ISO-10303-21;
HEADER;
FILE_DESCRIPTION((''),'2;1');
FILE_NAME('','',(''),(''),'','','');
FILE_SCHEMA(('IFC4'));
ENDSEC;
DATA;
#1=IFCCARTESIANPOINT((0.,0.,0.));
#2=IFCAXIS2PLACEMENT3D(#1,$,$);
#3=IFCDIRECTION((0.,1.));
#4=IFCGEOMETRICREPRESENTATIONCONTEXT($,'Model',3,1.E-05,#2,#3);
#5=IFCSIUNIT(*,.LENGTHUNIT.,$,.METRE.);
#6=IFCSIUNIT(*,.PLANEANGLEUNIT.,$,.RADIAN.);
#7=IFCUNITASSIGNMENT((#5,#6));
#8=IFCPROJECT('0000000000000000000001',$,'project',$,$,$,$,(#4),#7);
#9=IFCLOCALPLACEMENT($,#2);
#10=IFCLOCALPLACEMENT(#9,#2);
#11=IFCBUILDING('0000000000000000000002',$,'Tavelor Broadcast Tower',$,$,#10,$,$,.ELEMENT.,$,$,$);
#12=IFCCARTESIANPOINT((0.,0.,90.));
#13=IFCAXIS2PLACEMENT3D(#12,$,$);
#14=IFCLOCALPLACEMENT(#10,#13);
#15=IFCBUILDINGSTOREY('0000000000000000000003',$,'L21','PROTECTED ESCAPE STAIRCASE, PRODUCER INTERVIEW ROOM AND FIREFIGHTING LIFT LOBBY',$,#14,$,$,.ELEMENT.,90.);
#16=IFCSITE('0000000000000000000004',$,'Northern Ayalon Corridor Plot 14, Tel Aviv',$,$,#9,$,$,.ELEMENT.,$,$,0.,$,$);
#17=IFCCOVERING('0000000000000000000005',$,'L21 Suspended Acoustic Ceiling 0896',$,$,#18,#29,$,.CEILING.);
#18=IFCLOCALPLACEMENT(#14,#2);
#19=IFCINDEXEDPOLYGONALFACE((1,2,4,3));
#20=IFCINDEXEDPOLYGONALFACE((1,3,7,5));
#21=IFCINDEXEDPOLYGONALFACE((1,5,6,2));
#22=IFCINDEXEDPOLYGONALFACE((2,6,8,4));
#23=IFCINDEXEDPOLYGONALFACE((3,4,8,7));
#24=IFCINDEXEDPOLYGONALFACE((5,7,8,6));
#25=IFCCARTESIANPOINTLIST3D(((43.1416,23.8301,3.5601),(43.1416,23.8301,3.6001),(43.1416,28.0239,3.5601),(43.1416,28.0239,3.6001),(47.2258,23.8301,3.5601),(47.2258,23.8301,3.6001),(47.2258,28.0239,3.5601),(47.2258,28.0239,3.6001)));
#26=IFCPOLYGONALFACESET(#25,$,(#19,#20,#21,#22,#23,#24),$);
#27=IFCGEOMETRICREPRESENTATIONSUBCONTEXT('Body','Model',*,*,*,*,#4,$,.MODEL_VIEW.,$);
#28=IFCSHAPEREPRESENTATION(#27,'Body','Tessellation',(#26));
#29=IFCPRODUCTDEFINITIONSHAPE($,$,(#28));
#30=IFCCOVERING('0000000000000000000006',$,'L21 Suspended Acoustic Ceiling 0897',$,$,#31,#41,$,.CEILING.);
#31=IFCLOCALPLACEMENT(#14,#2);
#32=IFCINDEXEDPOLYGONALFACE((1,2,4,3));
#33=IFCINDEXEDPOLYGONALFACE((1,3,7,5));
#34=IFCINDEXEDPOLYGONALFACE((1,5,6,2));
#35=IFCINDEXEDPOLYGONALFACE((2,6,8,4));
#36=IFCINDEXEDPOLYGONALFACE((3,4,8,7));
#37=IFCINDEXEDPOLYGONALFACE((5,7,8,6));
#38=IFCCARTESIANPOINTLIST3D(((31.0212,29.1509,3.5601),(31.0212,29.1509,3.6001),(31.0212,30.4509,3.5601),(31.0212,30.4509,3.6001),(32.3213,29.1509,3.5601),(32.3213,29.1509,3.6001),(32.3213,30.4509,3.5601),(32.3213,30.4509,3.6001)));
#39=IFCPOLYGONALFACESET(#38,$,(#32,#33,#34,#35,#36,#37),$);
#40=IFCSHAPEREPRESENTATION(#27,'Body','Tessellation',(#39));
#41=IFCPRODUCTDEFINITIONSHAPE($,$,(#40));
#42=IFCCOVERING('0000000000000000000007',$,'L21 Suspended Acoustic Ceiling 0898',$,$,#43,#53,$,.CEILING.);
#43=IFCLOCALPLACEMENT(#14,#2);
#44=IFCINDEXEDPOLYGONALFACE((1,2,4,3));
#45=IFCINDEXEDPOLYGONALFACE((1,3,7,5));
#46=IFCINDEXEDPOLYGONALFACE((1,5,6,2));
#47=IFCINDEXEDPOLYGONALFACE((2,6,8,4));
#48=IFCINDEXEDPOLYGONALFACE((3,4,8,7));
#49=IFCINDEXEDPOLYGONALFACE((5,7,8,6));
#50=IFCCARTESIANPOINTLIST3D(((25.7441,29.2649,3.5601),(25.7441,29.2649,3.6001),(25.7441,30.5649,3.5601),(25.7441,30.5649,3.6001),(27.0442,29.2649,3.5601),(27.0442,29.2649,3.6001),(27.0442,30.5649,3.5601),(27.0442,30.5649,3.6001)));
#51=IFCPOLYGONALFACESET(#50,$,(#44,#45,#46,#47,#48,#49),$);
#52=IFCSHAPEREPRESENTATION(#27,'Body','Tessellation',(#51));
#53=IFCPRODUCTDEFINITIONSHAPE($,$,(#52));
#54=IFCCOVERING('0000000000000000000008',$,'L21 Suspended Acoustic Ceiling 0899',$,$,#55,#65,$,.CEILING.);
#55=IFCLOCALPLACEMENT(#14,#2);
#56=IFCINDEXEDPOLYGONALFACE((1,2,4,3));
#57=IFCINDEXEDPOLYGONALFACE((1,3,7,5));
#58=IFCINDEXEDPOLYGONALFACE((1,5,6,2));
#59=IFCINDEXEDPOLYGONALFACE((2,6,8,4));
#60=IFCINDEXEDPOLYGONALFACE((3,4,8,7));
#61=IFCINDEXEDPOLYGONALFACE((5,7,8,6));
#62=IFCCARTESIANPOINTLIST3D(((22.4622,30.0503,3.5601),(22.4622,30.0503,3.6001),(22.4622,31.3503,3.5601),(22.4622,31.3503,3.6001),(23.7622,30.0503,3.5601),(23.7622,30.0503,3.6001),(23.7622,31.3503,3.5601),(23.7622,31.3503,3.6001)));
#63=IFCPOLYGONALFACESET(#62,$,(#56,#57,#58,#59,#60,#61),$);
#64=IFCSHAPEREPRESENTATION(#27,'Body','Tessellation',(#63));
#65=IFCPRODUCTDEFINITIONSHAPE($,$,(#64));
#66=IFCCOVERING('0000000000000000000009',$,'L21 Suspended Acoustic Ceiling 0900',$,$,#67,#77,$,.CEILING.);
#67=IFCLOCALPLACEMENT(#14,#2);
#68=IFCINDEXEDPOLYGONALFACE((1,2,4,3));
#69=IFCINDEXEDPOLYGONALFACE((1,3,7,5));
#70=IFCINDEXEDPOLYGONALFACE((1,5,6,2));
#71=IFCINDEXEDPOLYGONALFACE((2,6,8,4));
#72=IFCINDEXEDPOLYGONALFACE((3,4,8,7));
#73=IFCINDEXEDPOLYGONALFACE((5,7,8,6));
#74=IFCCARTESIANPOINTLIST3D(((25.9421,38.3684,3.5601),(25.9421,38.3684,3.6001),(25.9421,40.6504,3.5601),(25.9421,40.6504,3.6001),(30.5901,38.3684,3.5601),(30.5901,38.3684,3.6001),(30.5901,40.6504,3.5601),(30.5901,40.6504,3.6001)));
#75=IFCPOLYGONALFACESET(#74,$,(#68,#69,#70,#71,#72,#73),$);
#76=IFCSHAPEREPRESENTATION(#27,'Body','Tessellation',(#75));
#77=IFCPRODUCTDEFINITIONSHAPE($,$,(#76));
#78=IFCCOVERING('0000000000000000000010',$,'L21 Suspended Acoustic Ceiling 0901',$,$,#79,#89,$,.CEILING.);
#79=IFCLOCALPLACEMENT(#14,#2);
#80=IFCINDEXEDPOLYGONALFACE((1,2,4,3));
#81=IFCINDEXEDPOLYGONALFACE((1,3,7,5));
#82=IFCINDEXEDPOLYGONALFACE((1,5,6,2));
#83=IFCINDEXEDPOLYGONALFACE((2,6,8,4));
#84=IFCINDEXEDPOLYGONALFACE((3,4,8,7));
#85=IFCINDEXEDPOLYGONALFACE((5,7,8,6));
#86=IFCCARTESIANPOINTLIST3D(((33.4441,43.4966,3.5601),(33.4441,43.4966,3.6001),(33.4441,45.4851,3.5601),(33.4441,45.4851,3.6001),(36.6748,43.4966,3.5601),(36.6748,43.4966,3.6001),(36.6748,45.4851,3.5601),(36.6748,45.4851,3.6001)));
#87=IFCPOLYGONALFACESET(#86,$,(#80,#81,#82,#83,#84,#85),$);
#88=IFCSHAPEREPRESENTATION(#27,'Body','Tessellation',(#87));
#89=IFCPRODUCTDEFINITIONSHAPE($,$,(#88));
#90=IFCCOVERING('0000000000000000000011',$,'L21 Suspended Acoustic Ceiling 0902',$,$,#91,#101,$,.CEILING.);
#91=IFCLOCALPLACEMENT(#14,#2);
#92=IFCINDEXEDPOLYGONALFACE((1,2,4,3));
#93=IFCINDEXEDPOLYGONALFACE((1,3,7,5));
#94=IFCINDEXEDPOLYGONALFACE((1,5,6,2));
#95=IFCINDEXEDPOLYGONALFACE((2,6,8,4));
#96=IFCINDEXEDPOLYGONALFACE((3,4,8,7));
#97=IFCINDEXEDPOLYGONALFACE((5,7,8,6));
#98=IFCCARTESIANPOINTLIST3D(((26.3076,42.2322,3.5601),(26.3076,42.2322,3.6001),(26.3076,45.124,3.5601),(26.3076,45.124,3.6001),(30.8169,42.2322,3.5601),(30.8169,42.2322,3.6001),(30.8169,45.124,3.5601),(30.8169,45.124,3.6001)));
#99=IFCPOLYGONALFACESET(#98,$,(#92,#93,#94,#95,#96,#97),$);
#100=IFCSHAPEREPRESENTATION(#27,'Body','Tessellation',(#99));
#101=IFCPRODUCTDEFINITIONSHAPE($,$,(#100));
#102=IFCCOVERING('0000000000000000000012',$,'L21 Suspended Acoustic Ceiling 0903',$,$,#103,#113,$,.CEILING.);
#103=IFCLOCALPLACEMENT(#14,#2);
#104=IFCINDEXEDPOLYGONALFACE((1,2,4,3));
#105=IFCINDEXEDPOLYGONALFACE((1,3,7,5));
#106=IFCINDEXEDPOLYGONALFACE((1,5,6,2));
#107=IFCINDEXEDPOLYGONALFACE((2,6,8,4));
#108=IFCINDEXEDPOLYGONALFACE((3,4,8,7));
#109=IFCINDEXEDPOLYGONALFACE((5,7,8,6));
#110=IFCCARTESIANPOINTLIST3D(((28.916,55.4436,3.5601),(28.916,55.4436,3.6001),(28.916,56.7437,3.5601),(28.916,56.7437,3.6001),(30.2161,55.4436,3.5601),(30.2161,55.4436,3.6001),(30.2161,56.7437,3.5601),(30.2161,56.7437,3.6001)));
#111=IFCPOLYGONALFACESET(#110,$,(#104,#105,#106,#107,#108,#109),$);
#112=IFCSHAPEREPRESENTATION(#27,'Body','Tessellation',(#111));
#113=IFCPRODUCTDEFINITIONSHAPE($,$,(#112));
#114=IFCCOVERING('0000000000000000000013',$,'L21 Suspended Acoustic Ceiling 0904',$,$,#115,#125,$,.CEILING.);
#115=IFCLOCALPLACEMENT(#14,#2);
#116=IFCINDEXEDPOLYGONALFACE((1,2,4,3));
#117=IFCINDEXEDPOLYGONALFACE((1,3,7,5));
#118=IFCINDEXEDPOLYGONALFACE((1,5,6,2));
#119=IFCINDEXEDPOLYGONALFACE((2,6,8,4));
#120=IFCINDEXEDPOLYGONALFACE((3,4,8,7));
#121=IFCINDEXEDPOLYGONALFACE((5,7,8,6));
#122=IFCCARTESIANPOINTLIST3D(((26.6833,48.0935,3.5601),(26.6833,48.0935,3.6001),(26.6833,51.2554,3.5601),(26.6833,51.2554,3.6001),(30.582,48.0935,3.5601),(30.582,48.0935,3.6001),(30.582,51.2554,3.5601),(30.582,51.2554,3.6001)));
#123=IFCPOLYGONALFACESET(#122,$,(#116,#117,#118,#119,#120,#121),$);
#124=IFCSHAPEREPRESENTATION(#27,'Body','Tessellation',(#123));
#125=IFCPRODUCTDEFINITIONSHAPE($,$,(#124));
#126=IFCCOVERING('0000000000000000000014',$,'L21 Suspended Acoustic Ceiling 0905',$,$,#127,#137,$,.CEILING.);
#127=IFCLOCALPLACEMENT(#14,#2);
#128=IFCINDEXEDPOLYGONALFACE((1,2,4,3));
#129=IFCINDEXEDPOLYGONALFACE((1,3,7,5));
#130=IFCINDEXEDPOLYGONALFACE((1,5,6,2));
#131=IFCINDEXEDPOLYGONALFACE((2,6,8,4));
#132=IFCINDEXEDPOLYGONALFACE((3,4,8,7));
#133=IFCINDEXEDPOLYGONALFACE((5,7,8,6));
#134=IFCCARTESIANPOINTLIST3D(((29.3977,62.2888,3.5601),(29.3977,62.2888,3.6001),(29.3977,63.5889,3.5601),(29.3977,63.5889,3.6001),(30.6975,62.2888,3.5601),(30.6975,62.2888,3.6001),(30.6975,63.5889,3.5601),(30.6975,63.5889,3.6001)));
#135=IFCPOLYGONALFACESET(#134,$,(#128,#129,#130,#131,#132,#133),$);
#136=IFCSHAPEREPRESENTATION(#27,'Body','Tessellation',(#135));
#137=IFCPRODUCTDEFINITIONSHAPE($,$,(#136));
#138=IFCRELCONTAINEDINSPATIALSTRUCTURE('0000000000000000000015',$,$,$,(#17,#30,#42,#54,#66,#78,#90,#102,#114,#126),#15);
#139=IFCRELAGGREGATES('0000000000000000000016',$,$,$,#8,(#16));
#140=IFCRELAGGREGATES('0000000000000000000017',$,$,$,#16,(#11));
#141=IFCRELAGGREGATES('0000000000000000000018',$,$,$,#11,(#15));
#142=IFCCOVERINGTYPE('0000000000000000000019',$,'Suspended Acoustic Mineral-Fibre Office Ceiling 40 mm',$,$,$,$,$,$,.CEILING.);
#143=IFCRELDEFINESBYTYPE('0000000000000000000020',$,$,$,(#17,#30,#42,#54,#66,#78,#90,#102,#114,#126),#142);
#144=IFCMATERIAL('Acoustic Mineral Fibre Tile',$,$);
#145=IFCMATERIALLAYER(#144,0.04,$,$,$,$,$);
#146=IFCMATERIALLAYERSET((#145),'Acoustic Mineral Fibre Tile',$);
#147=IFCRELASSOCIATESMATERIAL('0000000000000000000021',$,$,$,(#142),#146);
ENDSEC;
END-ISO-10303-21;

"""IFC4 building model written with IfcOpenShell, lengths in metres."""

from ifc_helpers import new_model, si_unit, direction, frame, origin, place, context, subcontext, project, spatial, polyline, outline, extrude, material, layer, layer_set, type_object, element, save


model = new_model("IFC4")

# Units and contexts
model_context = context("Model", 3, precision=1e-05, world=origin(), true_north=direction((0.0, 1.0)))
body_context = subcontext(model_context, "Body", "Model", "MODEL_VIEW")
ifc_project = project(units=[si_unit("LENGTHUNIT", "METRE"), si_unit("PLANEANGLEUNIT", "RADIAN")], contexts=[model_context])

# Site, building, storey
site_placement = place(None, origin())
site = spatial("IfcSite", under=ifc_project, at=site_placement, Name="Northern Ayalon Corridor Plot 14, Tel Aviv", CompositionType="ELEMENT", RefElevation=0.0)
building_placement = place(site_placement, origin())
building = spatial("IfcBuilding", under=site, at=building_placement, Name="Tavelor Broadcast Tower", CompositionType="ELEMENT")
storey_placement = place(building_placement, frame((0.0, 0.0, 90.0)))
storey = spatial("IfcBuildingStorey", under=building, at=storey_placement, Name="L21", Description="PROTECTED ESCAPE STAIRCASE, PRODUCER INTERVIEW ROOM AND FIREFIGHTING LIFT LOBBY", CompositionType="ELEMENT", Elevation=90.0)

# Coverings
ifc_material_1 = material(Name="Acoustic Mineral Fibre Tile")
ifc_layer_1 = layer(ifc_material_1, 0.04)
ifc_layer_set_1 = layer_set([ifc_layer_1], Name="Acoustic Mineral Fibre Tile")
covering_type_1 = type_object("IfcCoveringType", Name="Suspended Acoustic Mineral-Fibre Office Ceiling 40 mm", PredefinedType="CEILING", material=ifc_layer_set_1)
covering_1_placement = place(storey_placement, frame((0.0, 0.0, 3.5601)))
element("IfcCovering", 1, at=covering_1_placement, inside=storey, type_object=covering_type_1, Name="L21 Suspended Acoustic Ceiling 0896", PredefinedType="CEILING", context=body_context, shape_type="SweptSolid", body=[
    extrude(outline(polyline([(43.1416, 23.8301), (47.2258, 23.8301), (47.2258, 28.0239), (43.1416, 28.0239), (43.1416, 23.8301)])), origin(), (0.0, 0.0, 1.0), 0.04),
])
covering_2_placement = place(storey_placement, frame((0.0, 0.0, 3.5601)))
element("IfcCovering", 2, at=covering_2_placement, inside=storey, type_object=covering_type_1, Name="L21 Suspended Acoustic Ceiling 0897", PredefinedType="CEILING", context=body_context, shape_type="SweptSolid", body=[
    extrude(outline(polyline([(31.0212, 29.1509), (32.3213, 29.1509), (32.3213, 30.4509), (31.0212, 30.4509), (31.0212, 29.1509)])), origin(), (0.0, 0.0, 1.0), 0.04),
])
covering_3_placement = place(storey_placement, frame((0.0, 0.0, 3.5601)))
element("IfcCovering", 3, at=covering_3_placement, inside=storey, type_object=covering_type_1, Name="L21 Suspended Acoustic Ceiling 0898", PredefinedType="CEILING", context=body_context, shape_type="SweptSolid", body=[
    extrude(outline(polyline([(25.7441, 29.2649), (27.0442, 29.2649), (27.0442, 30.5649), (25.7441, 30.5649), (25.7441, 29.2649)])), origin(), (0.0, 0.0, 1.0), 0.04),
])
covering_4_placement = place(storey_placement, frame((0.0, 0.0, 3.5601)))
element("IfcCovering", 4, at=covering_4_placement, inside=storey, type_object=covering_type_1, Name="L21 Suspended Acoustic Ceiling 0899", PredefinedType="CEILING", context=body_context, shape_type="SweptSolid", body=[
    extrude(outline(polyline([(22.4622, 30.0503), (23.7622, 30.0503), (23.7622, 31.3503), (22.4622, 31.3503), (22.4622, 30.0503)])), origin(), (0.0, 0.0, 1.0), 0.04),
])
covering_5_placement = place(storey_placement, frame((0.0, 0.0, 3.5601)))
element("IfcCovering", 5, at=covering_5_placement, inside=storey, type_object=covering_type_1, Name="L21 Suspended Acoustic Ceiling 0900", PredefinedType="CEILING", context=body_context, shape_type="SweptSolid", body=[
    extrude(outline(polyline([(25.9421, 38.3684), (30.5901, 38.3684), (30.5901, 40.6504), (25.9421, 40.6504), (25.9421, 38.3684)])), origin(), (0.0, 0.0, 1.0), 0.04),
])
covering_6_placement = place(storey_placement, frame((0.0, 0.0, 3.5601)))
element("IfcCovering", 6, at=covering_6_placement, inside=storey, type_object=covering_type_1, Name="L21 Suspended Acoustic Ceiling 0901", PredefinedType="CEILING", context=body_context, shape_type="SweptSolid", body=[
    extrude(outline(polyline([(33.4441, 43.4966), (36.6748, 43.4966), (36.6748, 45.4851), (33.4441, 45.4851), (33.4441, 43.4966)])), origin(), (0.0, 0.0, 1.0), 0.04),
])
covering_7_placement = place(storey_placement, frame((0.0, 0.0, 3.5601)))
element("IfcCovering", 7, at=covering_7_placement, inside=storey, type_object=covering_type_1, Name="L21 Suspended Acoustic Ceiling 0902", PredefinedType="CEILING", context=body_context, shape_type="SweptSolid", body=[
    extrude(outline(polyline([(26.3076, 42.2322), (30.8169, 42.2322), (30.8169, 45.124), (26.3076, 45.124), (26.3076, 42.2322)])), origin(), (0.0, 0.0, 1.0), 0.04),
])
covering_8_placement = place(storey_placement, frame((0.0, 0.0, 3.5601)))
element("IfcCovering", 8, at=covering_8_placement, inside=storey, type_object=covering_type_1, Name="L21 Suspended Acoustic Ceiling 0903", PredefinedType="CEILING", context=body_context, shape_type="SweptSolid", body=[
    extrude(outline(polyline([(28.916, 55.4436), (30.2161, 55.4436), (30.2161, 56.7437), (28.916, 56.7437), (28.916, 55.4436)])), origin(), (0.0, 0.0, 1.0), 0.04),
])
covering_9_placement = place(storey_placement, frame((0.0, 0.0, 3.5601)))
element("IfcCovering", 9, at=covering_9_placement, inside=storey, type_object=covering_type_1, Name="L21 Suspended Acoustic Ceiling 0904", PredefinedType="CEILING", context=body_context, shape_type="SweptSolid", body=[
    extrude(outline(polyline([(26.6833, 48.0935), (30.582, 48.0935), (30.582, 51.2554), (26.6833, 51.2554), (26.6833, 48.0935)])), origin(), (0.0, 0.0, 1.0), 0.04),
])
covering_10_placement = place(storey_placement, frame((0.0, 0.0, 3.5601)))
element("IfcCovering", 10, at=covering_10_placement, inside=storey, type_object=covering_type_1, Name="L21 Suspended Acoustic Ceiling 0905", PredefinedType="CEILING", context=body_context, shape_type="SweptSolid", body=[
    extrude(outline(polyline([(29.3977, 62.2888), (30.6975, 62.2888), (30.6975, 63.5889), (29.3977, 63.5889), (29.3977, 62.2888)])), origin(), (0.0, 0.0, 1.0), 0.04),
])

save(model, "model.ifc")
